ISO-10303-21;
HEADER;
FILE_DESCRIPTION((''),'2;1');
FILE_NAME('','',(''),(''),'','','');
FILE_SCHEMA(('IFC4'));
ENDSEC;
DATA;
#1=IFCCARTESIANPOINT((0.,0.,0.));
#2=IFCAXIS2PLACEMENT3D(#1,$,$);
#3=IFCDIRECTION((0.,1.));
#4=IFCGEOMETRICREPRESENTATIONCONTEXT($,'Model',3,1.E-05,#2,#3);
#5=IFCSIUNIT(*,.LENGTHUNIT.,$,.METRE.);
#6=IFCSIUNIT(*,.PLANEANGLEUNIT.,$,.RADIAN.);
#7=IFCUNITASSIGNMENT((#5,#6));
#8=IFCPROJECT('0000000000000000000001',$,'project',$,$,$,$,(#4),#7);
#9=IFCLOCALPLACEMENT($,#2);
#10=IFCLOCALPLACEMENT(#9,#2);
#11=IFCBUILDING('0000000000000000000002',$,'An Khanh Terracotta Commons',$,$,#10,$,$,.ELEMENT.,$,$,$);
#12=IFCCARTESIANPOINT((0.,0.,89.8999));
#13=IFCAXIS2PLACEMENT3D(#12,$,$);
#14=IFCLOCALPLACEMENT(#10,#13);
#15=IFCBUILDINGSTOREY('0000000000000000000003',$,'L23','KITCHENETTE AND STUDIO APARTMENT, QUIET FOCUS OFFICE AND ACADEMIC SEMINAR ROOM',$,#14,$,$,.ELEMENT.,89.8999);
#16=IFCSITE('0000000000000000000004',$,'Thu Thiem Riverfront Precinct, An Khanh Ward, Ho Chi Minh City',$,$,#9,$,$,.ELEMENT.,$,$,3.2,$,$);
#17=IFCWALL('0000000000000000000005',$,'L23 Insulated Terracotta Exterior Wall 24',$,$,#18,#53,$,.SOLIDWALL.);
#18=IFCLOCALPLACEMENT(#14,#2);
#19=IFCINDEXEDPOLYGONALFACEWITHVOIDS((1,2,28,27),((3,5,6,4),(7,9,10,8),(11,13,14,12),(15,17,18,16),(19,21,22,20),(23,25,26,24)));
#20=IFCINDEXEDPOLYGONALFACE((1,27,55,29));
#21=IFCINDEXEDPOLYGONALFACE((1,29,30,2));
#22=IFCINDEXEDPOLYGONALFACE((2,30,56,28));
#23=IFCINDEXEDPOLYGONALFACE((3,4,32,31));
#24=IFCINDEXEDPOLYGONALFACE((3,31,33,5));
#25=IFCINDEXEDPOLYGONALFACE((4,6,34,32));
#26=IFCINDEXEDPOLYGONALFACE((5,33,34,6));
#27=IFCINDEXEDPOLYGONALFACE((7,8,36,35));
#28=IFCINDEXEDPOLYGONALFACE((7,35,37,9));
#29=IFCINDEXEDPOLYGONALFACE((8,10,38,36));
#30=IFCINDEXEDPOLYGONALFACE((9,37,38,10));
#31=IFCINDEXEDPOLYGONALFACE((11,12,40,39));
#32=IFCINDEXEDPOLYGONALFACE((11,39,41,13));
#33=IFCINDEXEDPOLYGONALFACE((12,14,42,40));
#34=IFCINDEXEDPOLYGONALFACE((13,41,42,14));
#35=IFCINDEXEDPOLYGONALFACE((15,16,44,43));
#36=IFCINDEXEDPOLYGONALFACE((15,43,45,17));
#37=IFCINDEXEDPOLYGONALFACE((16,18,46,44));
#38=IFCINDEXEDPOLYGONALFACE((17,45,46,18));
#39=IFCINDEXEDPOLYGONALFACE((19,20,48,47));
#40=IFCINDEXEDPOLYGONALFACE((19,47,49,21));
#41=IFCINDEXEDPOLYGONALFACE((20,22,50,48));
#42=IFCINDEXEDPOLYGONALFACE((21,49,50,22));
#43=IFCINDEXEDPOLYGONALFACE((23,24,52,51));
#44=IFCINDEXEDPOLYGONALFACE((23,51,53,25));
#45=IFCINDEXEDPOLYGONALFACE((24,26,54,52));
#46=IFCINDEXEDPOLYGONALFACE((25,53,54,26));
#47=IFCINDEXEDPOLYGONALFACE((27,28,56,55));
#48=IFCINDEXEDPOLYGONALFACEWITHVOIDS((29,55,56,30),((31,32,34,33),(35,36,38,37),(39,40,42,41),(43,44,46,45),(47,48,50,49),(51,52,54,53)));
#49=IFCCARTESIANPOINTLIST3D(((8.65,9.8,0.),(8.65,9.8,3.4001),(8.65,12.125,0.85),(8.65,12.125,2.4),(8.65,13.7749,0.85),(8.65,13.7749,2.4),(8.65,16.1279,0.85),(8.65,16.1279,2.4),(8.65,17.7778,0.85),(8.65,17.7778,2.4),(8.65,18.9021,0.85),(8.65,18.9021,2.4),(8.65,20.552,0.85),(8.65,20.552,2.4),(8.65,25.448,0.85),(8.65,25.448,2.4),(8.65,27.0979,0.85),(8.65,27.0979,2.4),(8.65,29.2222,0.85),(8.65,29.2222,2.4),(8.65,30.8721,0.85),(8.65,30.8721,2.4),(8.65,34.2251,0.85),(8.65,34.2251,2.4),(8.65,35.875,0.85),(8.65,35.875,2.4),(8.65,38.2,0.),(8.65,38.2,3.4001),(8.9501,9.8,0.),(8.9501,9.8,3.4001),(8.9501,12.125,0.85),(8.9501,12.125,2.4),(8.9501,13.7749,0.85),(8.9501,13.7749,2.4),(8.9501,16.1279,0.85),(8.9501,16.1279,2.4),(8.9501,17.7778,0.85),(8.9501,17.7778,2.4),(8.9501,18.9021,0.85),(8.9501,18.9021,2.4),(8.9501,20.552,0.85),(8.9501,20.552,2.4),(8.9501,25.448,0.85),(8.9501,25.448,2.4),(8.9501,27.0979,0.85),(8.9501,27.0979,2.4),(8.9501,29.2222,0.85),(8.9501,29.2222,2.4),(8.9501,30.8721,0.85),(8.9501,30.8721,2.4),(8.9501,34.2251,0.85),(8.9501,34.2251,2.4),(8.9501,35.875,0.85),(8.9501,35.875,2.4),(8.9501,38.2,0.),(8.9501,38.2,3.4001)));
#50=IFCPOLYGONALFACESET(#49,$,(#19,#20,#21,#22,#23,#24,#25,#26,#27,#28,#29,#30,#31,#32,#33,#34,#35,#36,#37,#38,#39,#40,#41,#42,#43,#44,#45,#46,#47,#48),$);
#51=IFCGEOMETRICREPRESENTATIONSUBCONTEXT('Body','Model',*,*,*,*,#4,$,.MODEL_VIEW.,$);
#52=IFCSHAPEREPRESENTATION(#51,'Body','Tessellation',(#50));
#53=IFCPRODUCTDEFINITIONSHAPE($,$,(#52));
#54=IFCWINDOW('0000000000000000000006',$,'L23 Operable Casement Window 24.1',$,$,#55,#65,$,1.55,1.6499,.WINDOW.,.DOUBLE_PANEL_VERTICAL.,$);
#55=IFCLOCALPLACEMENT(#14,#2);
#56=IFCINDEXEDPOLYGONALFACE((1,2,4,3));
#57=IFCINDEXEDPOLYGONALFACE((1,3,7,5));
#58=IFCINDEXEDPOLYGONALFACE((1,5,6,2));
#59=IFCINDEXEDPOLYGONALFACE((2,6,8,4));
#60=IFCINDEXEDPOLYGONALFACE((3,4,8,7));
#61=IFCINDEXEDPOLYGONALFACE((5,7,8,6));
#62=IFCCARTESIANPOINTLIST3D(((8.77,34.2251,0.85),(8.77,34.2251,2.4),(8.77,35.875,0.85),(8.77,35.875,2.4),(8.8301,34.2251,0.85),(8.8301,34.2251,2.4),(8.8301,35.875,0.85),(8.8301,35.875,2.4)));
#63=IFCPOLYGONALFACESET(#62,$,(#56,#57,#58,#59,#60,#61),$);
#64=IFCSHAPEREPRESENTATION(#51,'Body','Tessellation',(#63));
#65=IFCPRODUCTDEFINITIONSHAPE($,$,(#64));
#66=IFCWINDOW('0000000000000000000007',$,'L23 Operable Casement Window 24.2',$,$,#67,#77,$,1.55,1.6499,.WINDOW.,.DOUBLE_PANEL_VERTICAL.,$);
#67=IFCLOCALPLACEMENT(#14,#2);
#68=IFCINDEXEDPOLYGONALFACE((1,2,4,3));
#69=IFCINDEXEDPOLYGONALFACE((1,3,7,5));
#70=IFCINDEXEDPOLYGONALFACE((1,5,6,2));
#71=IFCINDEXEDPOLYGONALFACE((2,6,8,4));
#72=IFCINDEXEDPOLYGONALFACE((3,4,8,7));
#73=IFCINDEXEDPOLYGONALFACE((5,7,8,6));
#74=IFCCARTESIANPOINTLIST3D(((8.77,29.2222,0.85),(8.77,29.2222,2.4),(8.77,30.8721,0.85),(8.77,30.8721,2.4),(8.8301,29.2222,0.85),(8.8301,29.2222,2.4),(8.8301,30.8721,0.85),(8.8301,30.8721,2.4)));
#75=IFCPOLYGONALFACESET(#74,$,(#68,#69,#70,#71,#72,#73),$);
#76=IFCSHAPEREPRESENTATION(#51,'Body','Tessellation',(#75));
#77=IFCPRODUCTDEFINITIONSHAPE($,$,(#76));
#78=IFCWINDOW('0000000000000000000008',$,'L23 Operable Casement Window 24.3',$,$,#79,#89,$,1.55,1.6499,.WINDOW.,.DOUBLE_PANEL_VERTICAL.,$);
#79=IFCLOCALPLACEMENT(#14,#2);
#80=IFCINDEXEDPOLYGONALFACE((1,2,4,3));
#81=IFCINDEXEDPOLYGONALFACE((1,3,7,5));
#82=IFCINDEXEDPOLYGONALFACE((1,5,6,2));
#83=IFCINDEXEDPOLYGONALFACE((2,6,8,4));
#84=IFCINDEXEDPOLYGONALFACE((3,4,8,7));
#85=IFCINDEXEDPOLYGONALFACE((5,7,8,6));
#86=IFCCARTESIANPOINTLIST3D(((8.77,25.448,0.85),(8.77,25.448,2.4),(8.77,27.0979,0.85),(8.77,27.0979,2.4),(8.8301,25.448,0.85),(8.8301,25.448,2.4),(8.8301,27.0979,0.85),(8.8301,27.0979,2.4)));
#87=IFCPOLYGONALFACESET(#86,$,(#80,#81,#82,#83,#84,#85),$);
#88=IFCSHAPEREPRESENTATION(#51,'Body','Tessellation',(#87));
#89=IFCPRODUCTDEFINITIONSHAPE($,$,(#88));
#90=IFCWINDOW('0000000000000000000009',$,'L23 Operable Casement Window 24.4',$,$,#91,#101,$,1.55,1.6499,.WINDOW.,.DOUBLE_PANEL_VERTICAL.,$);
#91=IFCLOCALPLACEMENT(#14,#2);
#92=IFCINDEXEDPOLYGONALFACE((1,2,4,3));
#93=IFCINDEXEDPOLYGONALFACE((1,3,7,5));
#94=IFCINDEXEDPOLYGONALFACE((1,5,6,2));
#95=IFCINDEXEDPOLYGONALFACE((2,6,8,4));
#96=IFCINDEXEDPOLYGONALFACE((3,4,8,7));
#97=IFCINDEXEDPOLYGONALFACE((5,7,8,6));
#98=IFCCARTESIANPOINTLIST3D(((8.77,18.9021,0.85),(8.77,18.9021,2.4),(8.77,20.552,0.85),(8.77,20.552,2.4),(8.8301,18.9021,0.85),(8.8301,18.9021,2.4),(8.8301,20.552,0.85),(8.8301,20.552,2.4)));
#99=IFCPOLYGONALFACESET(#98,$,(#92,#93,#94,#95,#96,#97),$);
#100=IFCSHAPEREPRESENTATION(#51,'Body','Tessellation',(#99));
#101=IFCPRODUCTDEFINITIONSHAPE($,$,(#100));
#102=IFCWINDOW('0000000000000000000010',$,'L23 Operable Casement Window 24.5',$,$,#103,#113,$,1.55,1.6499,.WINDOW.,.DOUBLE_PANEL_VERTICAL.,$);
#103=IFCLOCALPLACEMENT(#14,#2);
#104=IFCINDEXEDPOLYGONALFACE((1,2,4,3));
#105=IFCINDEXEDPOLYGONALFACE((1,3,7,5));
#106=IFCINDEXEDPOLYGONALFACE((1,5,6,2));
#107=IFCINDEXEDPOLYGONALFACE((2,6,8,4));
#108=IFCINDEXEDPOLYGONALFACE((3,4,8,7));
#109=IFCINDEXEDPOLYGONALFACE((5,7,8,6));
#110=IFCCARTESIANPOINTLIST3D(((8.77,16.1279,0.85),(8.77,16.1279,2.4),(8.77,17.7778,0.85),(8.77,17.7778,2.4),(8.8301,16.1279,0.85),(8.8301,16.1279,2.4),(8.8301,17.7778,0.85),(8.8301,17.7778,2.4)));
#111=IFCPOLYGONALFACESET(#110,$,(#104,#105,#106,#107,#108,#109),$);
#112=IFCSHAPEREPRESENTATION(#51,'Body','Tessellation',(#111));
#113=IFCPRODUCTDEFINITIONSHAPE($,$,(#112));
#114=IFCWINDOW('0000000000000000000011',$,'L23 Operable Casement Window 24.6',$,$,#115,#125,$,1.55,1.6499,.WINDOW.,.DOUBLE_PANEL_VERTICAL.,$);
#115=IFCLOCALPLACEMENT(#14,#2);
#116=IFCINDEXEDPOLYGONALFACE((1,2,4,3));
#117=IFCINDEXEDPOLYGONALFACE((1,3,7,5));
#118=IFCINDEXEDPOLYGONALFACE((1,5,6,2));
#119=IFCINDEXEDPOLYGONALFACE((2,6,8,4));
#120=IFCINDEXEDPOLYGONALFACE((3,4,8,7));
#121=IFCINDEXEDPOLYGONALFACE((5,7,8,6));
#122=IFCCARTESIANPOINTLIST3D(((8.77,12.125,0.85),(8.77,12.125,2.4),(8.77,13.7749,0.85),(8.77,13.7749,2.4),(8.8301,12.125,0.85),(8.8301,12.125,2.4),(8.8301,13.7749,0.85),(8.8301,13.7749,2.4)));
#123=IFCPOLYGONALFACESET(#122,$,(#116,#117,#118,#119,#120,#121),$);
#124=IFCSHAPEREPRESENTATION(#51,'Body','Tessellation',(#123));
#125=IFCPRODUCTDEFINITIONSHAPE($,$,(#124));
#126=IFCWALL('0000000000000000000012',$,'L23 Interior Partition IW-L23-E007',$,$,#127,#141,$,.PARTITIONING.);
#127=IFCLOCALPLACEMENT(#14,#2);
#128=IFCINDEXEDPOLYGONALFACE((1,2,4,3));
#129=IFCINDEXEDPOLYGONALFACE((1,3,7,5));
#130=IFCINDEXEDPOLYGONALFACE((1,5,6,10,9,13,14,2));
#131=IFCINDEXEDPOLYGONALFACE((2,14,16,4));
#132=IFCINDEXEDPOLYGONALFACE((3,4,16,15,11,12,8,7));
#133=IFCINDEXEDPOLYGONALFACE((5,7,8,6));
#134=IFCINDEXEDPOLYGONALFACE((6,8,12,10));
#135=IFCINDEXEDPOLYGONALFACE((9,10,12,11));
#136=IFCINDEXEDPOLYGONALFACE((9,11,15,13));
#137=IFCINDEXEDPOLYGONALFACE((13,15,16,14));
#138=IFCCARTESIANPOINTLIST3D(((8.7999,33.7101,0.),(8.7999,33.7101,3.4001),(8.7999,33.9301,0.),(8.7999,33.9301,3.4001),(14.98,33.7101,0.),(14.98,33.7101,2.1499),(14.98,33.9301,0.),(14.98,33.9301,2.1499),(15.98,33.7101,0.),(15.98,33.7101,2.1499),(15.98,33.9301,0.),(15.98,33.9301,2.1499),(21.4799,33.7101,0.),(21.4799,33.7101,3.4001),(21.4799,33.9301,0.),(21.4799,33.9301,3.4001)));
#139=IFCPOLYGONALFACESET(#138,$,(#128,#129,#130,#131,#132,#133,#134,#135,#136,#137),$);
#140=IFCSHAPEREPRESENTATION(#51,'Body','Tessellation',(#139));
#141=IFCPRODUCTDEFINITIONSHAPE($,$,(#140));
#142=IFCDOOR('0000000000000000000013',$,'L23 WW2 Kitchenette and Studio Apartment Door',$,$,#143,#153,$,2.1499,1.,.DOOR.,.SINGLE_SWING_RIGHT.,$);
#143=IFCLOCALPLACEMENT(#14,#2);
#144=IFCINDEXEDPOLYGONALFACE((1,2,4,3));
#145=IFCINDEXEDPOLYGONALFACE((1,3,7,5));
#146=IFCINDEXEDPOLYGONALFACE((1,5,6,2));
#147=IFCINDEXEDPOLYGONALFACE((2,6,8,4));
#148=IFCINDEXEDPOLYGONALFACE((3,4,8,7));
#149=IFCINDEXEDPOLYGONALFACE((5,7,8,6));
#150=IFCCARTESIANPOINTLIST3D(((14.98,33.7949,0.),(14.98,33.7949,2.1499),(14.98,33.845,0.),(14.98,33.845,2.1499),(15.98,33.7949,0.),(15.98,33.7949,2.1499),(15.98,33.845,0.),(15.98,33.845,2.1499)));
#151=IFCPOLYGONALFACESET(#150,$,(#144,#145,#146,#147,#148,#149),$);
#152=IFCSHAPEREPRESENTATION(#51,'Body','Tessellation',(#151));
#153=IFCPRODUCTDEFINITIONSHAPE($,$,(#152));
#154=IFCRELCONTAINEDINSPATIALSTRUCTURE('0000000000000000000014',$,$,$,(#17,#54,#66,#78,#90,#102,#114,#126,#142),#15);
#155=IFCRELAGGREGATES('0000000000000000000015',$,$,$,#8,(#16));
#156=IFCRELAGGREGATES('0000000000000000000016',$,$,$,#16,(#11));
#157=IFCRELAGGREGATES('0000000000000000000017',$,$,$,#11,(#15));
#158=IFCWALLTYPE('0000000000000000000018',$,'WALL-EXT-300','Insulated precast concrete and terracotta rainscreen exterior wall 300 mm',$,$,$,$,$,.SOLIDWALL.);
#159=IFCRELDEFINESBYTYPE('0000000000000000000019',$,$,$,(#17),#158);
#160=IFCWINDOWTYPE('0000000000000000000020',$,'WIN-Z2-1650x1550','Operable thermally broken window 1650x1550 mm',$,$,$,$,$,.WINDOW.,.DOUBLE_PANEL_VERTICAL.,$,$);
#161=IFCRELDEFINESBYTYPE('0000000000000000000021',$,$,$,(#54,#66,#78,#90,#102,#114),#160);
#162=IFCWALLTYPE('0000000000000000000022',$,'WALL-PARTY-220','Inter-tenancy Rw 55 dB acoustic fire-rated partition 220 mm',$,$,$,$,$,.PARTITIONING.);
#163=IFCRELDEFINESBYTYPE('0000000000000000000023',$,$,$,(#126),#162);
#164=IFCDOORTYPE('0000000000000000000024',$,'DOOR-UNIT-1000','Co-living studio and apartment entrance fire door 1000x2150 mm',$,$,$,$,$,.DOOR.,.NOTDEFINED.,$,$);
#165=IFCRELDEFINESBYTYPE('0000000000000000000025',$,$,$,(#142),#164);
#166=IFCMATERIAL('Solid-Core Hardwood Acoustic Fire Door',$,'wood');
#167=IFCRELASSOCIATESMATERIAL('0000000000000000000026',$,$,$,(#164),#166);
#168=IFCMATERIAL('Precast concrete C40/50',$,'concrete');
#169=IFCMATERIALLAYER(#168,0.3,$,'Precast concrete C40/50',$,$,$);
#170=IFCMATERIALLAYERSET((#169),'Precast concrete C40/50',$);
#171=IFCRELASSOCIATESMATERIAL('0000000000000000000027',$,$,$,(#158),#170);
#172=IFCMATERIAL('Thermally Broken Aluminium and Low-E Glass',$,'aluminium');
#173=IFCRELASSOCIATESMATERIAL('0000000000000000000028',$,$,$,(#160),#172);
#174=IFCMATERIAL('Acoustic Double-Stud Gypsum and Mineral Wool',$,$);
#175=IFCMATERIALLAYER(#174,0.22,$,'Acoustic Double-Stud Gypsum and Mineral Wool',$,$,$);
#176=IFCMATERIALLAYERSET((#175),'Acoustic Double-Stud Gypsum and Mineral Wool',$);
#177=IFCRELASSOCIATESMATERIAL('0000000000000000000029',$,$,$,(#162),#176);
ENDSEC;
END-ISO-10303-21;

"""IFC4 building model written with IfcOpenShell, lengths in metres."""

from ifc_helpers import new_model, si_unit, direction, frame, frame_2d, origin, place, context, subcontext, project, spatial, rectangle, extrude, material, layer, layer_set, type_object, element, fill, save


model = new_model("IFC4")

# Units and contexts
model_context = context("Model", 3, precision=1e-05, world=origin(), true_north=direction((0.0, 1.0)))
body_context = subcontext(model_context, "Body", "Model", "MODEL_VIEW")
ifc_project = project(units=[si_unit("LENGTHUNIT", "METRE"), si_unit("PLANEANGLEUNIT", "RADIAN")], contexts=[model_context])

# Site, building, storey
site_placement = place(None, origin())
site = spatial("IfcSite", under=ifc_project, at=site_placement, Name="Thu Thiem Riverfront Precinct, An Khanh Ward, Ho Chi Minh City", CompositionType="ELEMENT", RefElevation=3.2)
building_placement = place(site_placement, origin())
building = spatial("IfcBuilding", under=site, at=building_placement, Name="An Khanh Terracotta Commons", CompositionType="ELEMENT")
storey_placement = place(building_placement, frame((0.0, 0.0, 89.8999)))
storey = spatial("IfcBuildingStorey", under=building, at=storey_placement, Name="L23", Description="KITCHENETTE AND STUDIO APARTMENT, QUIET FOCUS OFFICE AND ACADEMIC SEMINAR ROOM", CompositionType="ELEMENT", Elevation=89.8999)

# Shared definitions
ifc_material_1 = material(Name="Solid-Core Hardwood Acoustic Fire Door", Category="wood")
door_type_1 = type_object("IfcDoorType", Name="DOOR-UNIT-1000", Description="Co-living studio and apartment entrance fire door 1000x2150 mm", OperationType="NOTDEFINED", PredefinedType="DOOR", material=ifc_material_1)

# Shared definitions
ifc_material_2 = material(Name="Precast concrete C40/50", Category="concrete")
ifc_layer_1 = layer(ifc_material_2, 0.3, Name="Precast concrete C40/50")
ifc_layer_set_1 = layer_set([ifc_layer_1], Name="Precast concrete C40/50")
wall_type_1 = type_object("IfcWallType", Name="WALL-EXT-300", Description="Insulated precast concrete and terracotta rainscreen exterior wall 300 mm", PredefinedType="SOLIDWALL", material=ifc_layer_set_1)

# Wall, openings, windows
wall_1_placement = place(storey_placement, frame((8.8, 38.2, 0.0), z_axis=(0.0, 0.0, 1.0), x_axis=(0.0, -1.0, 0.0)))
wall_1 = element("IfcWall", 1, at=wall_1_placement, inside=storey, type_object=wall_type_1, Name="L23 Insulated Terracotta Exterior Wall 24", PredefinedType="SOLIDWALL", context=body_context, shape_type="SweptSolid", body=[
    extrude(rectangle(XDim=28.3999, YDim=0.3, at=frame_2d((14.2, 0.0))), origin(), (0.0, 0.0, 1.0), 3.4001),
])
opening_1_placement = place(wall_1_placement, frame((2.325, 0.0, 0.8501)))
opening_1 = element("IfcOpeningElement", 2, at=opening_1_placement, cuts=wall_1, PredefinedType="OPENING", context=body_context, shape_type="SweptSolid", body=[
    extrude(rectangle(XDim=1.6499, YDim=1.55, at=frame_2d((0.825, 0.7749))), frame((0.0, 0.1599, 0.0), z_axis=(0.0, -1.0, 0.0), x_axis=(1.0, 0.0, 0.0)), (0.0, 0.0, 1.0), 0.3201),
])
opening_2_placement = place(wall_1_placement, frame((7.3279, 0.0, 0.8501)))
opening_2 = element("IfcOpeningElement", 3, at=opening_2_placement, cuts=wall_1, PredefinedType="OPENING", context=body_context, shape_type="SweptSolid", body=[
    extrude(rectangle(XDim=1.6499, YDim=1.55, at=frame_2d((0.825, 0.7749))), frame((0.0, 0.1599, 0.0), z_axis=(0.0, -1.0, 0.0), x_axis=(1.0, 0.0, 0.0)), (0.0, 0.0, 1.0), 0.3201),
])
opening_3_placement = place(wall_1_placement, frame((11.1021, 0.0, 0.8501)))
opening_3 = element("IfcOpeningElement", 4, at=opening_3_placement, cuts=wall_1, PredefinedType="OPENING", context=body_context, shape_type="SweptSolid", body=[
    extrude(rectangle(XDim=1.6499, YDim=1.55, at=frame_2d((0.825, 0.7749))), frame((0.0, 0.1599, 0.0), z_axis=(0.0, -1.0, 0.0), x_axis=(1.0, 0.0, 0.0)), (0.0, 0.0, 1.0), 0.3201),
])
opening_4_placement = place(wall_1_placement, frame((17.6479, 0.0, 0.8501)))
opening_4 = element("IfcOpeningElement", 5, at=opening_4_placement, cuts=wall_1, PredefinedType="OPENING", context=body_context, shape_type="SweptSolid", body=[
    extrude(rectangle(XDim=1.6499, YDim=1.55, at=frame_2d((0.825, 0.7749))), frame((0.0, 0.1599, 0.0), z_axis=(0.0, -1.0, 0.0), x_axis=(1.0, 0.0, 0.0)), (0.0, 0.0, 1.0), 0.3201),
])
opening_5_placement = place(wall_1_placement, frame((20.4221, 0.0, 0.8501)))
opening_5 = element("IfcOpeningElement", 6, at=opening_5_placement, cuts=wall_1, PredefinedType="OPENING", context=body_context, shape_type="SweptSolid", body=[
    extrude(rectangle(XDim=1.6499, YDim=1.55, at=frame_2d((0.825, 0.7749))), frame((0.0, 0.1599, 0.0), z_axis=(0.0, -1.0, 0.0), x_axis=(1.0, 0.0, 0.0)), (0.0, 0.0, 1.0), 0.3201),
])
opening_6_placement = place(wall_1_placement, frame((24.425, 0.0, 0.8501)))
opening_6 = element("IfcOpeningElement", 7, at=opening_6_placement, cuts=wall_1, PredefinedType="OPENING", context=body_context, shape_type="SweptSolid", body=[
    extrude(rectangle(XDim=1.6499, YDim=1.55, at=frame_2d((0.825, 0.7749))), frame((0.0, 0.1599, 0.0), z_axis=(0.0, -1.0, 0.0), x_axis=(1.0, 0.0, 0.0)), (0.0, 0.0, 1.0), 0.3201),
])
ifc_material_3 = material(Name="Thermally Broken Aluminium and Low-E Glass", Category="aluminium")
window_type = type_object("IfcWindowType", Name="WIN-Z2-1650x1550", Description="Operable thermally broken window 1650x1550 mm", PartitioningType="DOUBLE_PANEL_VERTICAL", PredefinedType="WINDOW", material=ifc_material_3)
window_1_placement = place(opening_1_placement, origin())
window_1 = element("IfcWindow", 8, at=window_1_placement, inside=storey, type_object=window_type, Name="L23 Operable Casement Window 24.1", OverallHeight=1.55, OverallWidth=1.6499, PartitioningType="DOUBLE_PANEL_VERTICAL", PredefinedType="WINDOW", context=body_context, shape_type="SweptSolid", body=[
    extrude(rectangle(XDim=1.6499, YDim=1.55, at=frame_2d((0.825, 0.7749))), frame((0.0, 0.03, 0.0), z_axis=(0.0, -1.0, 0.0), x_axis=(1.0, 0.0, 0.0)), (0.0, 0.0, 1.0), 0.0601),
])
fill(opening_1, window_1)
window_2_placement = place(opening_2_placement, origin())
window_2 = element("IfcWindow", 9, at=window_2_placement, inside=storey, type_object=window_type, Name="L23 Operable Casement Window 24.2", OverallHeight=1.55, OverallWidth=1.6499, PartitioningType="DOUBLE_PANEL_VERTICAL", PredefinedType="WINDOW", context=body_context, shape_type="SweptSolid", body=[
    extrude(rectangle(XDim=1.6499, YDim=1.55, at=frame_2d((0.825, 0.7749))), frame((0.0, 0.03, 0.0), z_axis=(0.0, -1.0, 0.0), x_axis=(1.0, 0.0, 0.0)), (0.0, 0.0, 1.0), 0.0601),
])
fill(opening_2, window_2)
window_3_placement = place(opening_3_placement, origin())
window_3 = element("IfcWindow", 10, at=window_3_placement, inside=storey, type_object=window_type, Name="L23 Operable Casement Window 24.3", OverallHeight=1.55, OverallWidth=1.6499, PartitioningType="DOUBLE_PANEL_VERTICAL", PredefinedType="WINDOW", context=body_context, shape_type="SweptSolid", body=[
    extrude(rectangle(XDim=1.6499, YDim=1.55, at=frame_2d((0.825, 0.7749))), frame((0.0, 0.03, 0.0), z_axis=(0.0, -1.0, 0.0), x_axis=(1.0, 0.0, 0.0)), (0.0, 0.0, 1.0), 0.0601),
])
fill(opening_3, window_3)
window_4_placement = place(opening_4_placement, origin())
window_4 = element("IfcWindow", 11, at=window_4_placement, inside=storey, type_object=window_type, Name="L23 Operable Casement Window 24.4", OverallHeight=1.55, OverallWidth=1.6499, PartitioningType="DOUBLE_PANEL_VERTICAL", PredefinedType="WINDOW", context=body_context, shape_type="SweptSolid", body=[
    extrude(rectangle(XDim=1.6499, YDim=1.55, at=frame_2d((0.825, 0.7749))), frame((0.0, 0.03, 0.0), z_axis=(0.0, -1.0, 0.0), x_axis=(1.0, 0.0, 0.0)), (0.0, 0.0, 1.0), 0.0601),
])
fill(opening_4, window_4)
window_5_placement = place(opening_5_placement, origin())
window_5 = element("IfcWindow", 12, at=window_5_placement, inside=storey, type_object=window_type, Name="L23 Operable Casement Window 24.5", OverallHeight=1.55, OverallWidth=1.6499, PartitioningType="DOUBLE_PANEL_VERTICAL", PredefinedType="WINDOW", context=body_context, shape_type="SweptSolid", body=[
    extrude(rectangle(XDim=1.6499, YDim=1.55, at=frame_2d((0.825, 0.7749))), frame((0.0, 0.03, 0.0), z_axis=(0.0, -1.0, 0.0), x_axis=(1.0, 0.0, 0.0)), (0.0, 0.0, 1.0), 0.0601),
])
fill(opening_5, window_5)
window_6_placement = place(opening_6_placement, origin())
window_6 = element("IfcWindow", 13, at=window_6_placement, inside=storey, type_object=window_type, Name="L23 Operable Casement Window 24.6", OverallHeight=1.55, OverallWidth=1.6499, PartitioningType="DOUBLE_PANEL_VERTICAL", PredefinedType="WINDOW", context=body_context, shape_type="SweptSolid", body=[
    extrude(rectangle(XDim=1.6499, YDim=1.55, at=frame_2d((0.825, 0.7749))), frame((0.0, 0.03, 0.0), z_axis=(0.0, -1.0, 0.0), x_axis=(1.0, 0.0, 0.0)), (0.0, 0.0, 1.0), 0.0601),
])
fill(opening_6, window_6)

# Wall, opening, door
ifc_material_4 = material(Name="Acoustic Double-Stud Gypsum and Mineral Wool")
ifc_layer_2 = layer(ifc_material_4, 0.22, Name="Acoustic Double-Stud Gypsum and Mineral Wool")
ifc_layer_set_2 = layer_set([ifc_layer_2], Name="Acoustic Double-Stud Gypsum and Mineral Wool")
wall_type_2 = type_object("IfcWallType", Name="WALL-PARTY-220", Description="Inter-tenancy Rw 55 dB acoustic fire-rated partition 220 mm", PredefinedType="PARTITIONING", material=ifc_layer_set_2)
wall_2_placement = place(storey_placement, frame((8.8, 33.8201, 0.0), z_axis=(0.0, 0.0, 1.0), x_axis=(1.0, 0.0, 0.0)))
wall_2 = element("IfcWall", 14, at=wall_2_placement, inside=storey, type_object=wall_type_2, Name="L23 Interior Partition IW-L23-E007", PredefinedType="PARTITIONING", context=body_context, shape_type="SweptSolid", body=[
    extrude(rectangle(XDim=12.6799, YDim=0.22, at=frame_2d((6.3398, 0.0))), origin(), (0.0, 0.0, 1.0), 3.4001),
])
opening_7_placement = place(wall_2_placement, frame((6.1799, 0.0, 0.0)))
opening_7 = element("IfcOpeningElement", 15, at=opening_7_placement, cuts=wall_2, PredefinedType="OPENING", context=body_context, shape_type="SweptSolid", body=[
    extrude(rectangle(XDim=1.0, YDim=2.1499, at=frame_2d((0.5, 1.075))), frame((0.0, 0.1199, 0.0), z_axis=(0.0, -1.0, 0.0), x_axis=(1.0, 0.0, 0.0)), (0.0, 0.0, 1.0), 0.24),
])
door_1_placement = place(opening_7_placement, origin())
door_1 = element("IfcDoor", 16, at=door_1_placement, inside=storey, type_object=door_type_1, Name="L23 WW2 Kitchenette and Studio Apartment Door", OperationType="SINGLE_SWING_RIGHT", OverallHeight=2.1499, OverallWidth=1.0, PredefinedType="DOOR", context=body_context, shape_type="SweptSolid", body=[
    extrude(rectangle(XDim=1.0, YDim=2.1499, at=frame_2d((0.5, 1.075))), frame((0.0, 0.0249, 0.0), z_axis=(0.0, -1.0, 0.0), x_axis=(1.0, 0.0, 0.0)), (0.0, 0.0, 1.0), 0.05),
])
fill(opening_7, door_1)

save(model, "model.ifc")
